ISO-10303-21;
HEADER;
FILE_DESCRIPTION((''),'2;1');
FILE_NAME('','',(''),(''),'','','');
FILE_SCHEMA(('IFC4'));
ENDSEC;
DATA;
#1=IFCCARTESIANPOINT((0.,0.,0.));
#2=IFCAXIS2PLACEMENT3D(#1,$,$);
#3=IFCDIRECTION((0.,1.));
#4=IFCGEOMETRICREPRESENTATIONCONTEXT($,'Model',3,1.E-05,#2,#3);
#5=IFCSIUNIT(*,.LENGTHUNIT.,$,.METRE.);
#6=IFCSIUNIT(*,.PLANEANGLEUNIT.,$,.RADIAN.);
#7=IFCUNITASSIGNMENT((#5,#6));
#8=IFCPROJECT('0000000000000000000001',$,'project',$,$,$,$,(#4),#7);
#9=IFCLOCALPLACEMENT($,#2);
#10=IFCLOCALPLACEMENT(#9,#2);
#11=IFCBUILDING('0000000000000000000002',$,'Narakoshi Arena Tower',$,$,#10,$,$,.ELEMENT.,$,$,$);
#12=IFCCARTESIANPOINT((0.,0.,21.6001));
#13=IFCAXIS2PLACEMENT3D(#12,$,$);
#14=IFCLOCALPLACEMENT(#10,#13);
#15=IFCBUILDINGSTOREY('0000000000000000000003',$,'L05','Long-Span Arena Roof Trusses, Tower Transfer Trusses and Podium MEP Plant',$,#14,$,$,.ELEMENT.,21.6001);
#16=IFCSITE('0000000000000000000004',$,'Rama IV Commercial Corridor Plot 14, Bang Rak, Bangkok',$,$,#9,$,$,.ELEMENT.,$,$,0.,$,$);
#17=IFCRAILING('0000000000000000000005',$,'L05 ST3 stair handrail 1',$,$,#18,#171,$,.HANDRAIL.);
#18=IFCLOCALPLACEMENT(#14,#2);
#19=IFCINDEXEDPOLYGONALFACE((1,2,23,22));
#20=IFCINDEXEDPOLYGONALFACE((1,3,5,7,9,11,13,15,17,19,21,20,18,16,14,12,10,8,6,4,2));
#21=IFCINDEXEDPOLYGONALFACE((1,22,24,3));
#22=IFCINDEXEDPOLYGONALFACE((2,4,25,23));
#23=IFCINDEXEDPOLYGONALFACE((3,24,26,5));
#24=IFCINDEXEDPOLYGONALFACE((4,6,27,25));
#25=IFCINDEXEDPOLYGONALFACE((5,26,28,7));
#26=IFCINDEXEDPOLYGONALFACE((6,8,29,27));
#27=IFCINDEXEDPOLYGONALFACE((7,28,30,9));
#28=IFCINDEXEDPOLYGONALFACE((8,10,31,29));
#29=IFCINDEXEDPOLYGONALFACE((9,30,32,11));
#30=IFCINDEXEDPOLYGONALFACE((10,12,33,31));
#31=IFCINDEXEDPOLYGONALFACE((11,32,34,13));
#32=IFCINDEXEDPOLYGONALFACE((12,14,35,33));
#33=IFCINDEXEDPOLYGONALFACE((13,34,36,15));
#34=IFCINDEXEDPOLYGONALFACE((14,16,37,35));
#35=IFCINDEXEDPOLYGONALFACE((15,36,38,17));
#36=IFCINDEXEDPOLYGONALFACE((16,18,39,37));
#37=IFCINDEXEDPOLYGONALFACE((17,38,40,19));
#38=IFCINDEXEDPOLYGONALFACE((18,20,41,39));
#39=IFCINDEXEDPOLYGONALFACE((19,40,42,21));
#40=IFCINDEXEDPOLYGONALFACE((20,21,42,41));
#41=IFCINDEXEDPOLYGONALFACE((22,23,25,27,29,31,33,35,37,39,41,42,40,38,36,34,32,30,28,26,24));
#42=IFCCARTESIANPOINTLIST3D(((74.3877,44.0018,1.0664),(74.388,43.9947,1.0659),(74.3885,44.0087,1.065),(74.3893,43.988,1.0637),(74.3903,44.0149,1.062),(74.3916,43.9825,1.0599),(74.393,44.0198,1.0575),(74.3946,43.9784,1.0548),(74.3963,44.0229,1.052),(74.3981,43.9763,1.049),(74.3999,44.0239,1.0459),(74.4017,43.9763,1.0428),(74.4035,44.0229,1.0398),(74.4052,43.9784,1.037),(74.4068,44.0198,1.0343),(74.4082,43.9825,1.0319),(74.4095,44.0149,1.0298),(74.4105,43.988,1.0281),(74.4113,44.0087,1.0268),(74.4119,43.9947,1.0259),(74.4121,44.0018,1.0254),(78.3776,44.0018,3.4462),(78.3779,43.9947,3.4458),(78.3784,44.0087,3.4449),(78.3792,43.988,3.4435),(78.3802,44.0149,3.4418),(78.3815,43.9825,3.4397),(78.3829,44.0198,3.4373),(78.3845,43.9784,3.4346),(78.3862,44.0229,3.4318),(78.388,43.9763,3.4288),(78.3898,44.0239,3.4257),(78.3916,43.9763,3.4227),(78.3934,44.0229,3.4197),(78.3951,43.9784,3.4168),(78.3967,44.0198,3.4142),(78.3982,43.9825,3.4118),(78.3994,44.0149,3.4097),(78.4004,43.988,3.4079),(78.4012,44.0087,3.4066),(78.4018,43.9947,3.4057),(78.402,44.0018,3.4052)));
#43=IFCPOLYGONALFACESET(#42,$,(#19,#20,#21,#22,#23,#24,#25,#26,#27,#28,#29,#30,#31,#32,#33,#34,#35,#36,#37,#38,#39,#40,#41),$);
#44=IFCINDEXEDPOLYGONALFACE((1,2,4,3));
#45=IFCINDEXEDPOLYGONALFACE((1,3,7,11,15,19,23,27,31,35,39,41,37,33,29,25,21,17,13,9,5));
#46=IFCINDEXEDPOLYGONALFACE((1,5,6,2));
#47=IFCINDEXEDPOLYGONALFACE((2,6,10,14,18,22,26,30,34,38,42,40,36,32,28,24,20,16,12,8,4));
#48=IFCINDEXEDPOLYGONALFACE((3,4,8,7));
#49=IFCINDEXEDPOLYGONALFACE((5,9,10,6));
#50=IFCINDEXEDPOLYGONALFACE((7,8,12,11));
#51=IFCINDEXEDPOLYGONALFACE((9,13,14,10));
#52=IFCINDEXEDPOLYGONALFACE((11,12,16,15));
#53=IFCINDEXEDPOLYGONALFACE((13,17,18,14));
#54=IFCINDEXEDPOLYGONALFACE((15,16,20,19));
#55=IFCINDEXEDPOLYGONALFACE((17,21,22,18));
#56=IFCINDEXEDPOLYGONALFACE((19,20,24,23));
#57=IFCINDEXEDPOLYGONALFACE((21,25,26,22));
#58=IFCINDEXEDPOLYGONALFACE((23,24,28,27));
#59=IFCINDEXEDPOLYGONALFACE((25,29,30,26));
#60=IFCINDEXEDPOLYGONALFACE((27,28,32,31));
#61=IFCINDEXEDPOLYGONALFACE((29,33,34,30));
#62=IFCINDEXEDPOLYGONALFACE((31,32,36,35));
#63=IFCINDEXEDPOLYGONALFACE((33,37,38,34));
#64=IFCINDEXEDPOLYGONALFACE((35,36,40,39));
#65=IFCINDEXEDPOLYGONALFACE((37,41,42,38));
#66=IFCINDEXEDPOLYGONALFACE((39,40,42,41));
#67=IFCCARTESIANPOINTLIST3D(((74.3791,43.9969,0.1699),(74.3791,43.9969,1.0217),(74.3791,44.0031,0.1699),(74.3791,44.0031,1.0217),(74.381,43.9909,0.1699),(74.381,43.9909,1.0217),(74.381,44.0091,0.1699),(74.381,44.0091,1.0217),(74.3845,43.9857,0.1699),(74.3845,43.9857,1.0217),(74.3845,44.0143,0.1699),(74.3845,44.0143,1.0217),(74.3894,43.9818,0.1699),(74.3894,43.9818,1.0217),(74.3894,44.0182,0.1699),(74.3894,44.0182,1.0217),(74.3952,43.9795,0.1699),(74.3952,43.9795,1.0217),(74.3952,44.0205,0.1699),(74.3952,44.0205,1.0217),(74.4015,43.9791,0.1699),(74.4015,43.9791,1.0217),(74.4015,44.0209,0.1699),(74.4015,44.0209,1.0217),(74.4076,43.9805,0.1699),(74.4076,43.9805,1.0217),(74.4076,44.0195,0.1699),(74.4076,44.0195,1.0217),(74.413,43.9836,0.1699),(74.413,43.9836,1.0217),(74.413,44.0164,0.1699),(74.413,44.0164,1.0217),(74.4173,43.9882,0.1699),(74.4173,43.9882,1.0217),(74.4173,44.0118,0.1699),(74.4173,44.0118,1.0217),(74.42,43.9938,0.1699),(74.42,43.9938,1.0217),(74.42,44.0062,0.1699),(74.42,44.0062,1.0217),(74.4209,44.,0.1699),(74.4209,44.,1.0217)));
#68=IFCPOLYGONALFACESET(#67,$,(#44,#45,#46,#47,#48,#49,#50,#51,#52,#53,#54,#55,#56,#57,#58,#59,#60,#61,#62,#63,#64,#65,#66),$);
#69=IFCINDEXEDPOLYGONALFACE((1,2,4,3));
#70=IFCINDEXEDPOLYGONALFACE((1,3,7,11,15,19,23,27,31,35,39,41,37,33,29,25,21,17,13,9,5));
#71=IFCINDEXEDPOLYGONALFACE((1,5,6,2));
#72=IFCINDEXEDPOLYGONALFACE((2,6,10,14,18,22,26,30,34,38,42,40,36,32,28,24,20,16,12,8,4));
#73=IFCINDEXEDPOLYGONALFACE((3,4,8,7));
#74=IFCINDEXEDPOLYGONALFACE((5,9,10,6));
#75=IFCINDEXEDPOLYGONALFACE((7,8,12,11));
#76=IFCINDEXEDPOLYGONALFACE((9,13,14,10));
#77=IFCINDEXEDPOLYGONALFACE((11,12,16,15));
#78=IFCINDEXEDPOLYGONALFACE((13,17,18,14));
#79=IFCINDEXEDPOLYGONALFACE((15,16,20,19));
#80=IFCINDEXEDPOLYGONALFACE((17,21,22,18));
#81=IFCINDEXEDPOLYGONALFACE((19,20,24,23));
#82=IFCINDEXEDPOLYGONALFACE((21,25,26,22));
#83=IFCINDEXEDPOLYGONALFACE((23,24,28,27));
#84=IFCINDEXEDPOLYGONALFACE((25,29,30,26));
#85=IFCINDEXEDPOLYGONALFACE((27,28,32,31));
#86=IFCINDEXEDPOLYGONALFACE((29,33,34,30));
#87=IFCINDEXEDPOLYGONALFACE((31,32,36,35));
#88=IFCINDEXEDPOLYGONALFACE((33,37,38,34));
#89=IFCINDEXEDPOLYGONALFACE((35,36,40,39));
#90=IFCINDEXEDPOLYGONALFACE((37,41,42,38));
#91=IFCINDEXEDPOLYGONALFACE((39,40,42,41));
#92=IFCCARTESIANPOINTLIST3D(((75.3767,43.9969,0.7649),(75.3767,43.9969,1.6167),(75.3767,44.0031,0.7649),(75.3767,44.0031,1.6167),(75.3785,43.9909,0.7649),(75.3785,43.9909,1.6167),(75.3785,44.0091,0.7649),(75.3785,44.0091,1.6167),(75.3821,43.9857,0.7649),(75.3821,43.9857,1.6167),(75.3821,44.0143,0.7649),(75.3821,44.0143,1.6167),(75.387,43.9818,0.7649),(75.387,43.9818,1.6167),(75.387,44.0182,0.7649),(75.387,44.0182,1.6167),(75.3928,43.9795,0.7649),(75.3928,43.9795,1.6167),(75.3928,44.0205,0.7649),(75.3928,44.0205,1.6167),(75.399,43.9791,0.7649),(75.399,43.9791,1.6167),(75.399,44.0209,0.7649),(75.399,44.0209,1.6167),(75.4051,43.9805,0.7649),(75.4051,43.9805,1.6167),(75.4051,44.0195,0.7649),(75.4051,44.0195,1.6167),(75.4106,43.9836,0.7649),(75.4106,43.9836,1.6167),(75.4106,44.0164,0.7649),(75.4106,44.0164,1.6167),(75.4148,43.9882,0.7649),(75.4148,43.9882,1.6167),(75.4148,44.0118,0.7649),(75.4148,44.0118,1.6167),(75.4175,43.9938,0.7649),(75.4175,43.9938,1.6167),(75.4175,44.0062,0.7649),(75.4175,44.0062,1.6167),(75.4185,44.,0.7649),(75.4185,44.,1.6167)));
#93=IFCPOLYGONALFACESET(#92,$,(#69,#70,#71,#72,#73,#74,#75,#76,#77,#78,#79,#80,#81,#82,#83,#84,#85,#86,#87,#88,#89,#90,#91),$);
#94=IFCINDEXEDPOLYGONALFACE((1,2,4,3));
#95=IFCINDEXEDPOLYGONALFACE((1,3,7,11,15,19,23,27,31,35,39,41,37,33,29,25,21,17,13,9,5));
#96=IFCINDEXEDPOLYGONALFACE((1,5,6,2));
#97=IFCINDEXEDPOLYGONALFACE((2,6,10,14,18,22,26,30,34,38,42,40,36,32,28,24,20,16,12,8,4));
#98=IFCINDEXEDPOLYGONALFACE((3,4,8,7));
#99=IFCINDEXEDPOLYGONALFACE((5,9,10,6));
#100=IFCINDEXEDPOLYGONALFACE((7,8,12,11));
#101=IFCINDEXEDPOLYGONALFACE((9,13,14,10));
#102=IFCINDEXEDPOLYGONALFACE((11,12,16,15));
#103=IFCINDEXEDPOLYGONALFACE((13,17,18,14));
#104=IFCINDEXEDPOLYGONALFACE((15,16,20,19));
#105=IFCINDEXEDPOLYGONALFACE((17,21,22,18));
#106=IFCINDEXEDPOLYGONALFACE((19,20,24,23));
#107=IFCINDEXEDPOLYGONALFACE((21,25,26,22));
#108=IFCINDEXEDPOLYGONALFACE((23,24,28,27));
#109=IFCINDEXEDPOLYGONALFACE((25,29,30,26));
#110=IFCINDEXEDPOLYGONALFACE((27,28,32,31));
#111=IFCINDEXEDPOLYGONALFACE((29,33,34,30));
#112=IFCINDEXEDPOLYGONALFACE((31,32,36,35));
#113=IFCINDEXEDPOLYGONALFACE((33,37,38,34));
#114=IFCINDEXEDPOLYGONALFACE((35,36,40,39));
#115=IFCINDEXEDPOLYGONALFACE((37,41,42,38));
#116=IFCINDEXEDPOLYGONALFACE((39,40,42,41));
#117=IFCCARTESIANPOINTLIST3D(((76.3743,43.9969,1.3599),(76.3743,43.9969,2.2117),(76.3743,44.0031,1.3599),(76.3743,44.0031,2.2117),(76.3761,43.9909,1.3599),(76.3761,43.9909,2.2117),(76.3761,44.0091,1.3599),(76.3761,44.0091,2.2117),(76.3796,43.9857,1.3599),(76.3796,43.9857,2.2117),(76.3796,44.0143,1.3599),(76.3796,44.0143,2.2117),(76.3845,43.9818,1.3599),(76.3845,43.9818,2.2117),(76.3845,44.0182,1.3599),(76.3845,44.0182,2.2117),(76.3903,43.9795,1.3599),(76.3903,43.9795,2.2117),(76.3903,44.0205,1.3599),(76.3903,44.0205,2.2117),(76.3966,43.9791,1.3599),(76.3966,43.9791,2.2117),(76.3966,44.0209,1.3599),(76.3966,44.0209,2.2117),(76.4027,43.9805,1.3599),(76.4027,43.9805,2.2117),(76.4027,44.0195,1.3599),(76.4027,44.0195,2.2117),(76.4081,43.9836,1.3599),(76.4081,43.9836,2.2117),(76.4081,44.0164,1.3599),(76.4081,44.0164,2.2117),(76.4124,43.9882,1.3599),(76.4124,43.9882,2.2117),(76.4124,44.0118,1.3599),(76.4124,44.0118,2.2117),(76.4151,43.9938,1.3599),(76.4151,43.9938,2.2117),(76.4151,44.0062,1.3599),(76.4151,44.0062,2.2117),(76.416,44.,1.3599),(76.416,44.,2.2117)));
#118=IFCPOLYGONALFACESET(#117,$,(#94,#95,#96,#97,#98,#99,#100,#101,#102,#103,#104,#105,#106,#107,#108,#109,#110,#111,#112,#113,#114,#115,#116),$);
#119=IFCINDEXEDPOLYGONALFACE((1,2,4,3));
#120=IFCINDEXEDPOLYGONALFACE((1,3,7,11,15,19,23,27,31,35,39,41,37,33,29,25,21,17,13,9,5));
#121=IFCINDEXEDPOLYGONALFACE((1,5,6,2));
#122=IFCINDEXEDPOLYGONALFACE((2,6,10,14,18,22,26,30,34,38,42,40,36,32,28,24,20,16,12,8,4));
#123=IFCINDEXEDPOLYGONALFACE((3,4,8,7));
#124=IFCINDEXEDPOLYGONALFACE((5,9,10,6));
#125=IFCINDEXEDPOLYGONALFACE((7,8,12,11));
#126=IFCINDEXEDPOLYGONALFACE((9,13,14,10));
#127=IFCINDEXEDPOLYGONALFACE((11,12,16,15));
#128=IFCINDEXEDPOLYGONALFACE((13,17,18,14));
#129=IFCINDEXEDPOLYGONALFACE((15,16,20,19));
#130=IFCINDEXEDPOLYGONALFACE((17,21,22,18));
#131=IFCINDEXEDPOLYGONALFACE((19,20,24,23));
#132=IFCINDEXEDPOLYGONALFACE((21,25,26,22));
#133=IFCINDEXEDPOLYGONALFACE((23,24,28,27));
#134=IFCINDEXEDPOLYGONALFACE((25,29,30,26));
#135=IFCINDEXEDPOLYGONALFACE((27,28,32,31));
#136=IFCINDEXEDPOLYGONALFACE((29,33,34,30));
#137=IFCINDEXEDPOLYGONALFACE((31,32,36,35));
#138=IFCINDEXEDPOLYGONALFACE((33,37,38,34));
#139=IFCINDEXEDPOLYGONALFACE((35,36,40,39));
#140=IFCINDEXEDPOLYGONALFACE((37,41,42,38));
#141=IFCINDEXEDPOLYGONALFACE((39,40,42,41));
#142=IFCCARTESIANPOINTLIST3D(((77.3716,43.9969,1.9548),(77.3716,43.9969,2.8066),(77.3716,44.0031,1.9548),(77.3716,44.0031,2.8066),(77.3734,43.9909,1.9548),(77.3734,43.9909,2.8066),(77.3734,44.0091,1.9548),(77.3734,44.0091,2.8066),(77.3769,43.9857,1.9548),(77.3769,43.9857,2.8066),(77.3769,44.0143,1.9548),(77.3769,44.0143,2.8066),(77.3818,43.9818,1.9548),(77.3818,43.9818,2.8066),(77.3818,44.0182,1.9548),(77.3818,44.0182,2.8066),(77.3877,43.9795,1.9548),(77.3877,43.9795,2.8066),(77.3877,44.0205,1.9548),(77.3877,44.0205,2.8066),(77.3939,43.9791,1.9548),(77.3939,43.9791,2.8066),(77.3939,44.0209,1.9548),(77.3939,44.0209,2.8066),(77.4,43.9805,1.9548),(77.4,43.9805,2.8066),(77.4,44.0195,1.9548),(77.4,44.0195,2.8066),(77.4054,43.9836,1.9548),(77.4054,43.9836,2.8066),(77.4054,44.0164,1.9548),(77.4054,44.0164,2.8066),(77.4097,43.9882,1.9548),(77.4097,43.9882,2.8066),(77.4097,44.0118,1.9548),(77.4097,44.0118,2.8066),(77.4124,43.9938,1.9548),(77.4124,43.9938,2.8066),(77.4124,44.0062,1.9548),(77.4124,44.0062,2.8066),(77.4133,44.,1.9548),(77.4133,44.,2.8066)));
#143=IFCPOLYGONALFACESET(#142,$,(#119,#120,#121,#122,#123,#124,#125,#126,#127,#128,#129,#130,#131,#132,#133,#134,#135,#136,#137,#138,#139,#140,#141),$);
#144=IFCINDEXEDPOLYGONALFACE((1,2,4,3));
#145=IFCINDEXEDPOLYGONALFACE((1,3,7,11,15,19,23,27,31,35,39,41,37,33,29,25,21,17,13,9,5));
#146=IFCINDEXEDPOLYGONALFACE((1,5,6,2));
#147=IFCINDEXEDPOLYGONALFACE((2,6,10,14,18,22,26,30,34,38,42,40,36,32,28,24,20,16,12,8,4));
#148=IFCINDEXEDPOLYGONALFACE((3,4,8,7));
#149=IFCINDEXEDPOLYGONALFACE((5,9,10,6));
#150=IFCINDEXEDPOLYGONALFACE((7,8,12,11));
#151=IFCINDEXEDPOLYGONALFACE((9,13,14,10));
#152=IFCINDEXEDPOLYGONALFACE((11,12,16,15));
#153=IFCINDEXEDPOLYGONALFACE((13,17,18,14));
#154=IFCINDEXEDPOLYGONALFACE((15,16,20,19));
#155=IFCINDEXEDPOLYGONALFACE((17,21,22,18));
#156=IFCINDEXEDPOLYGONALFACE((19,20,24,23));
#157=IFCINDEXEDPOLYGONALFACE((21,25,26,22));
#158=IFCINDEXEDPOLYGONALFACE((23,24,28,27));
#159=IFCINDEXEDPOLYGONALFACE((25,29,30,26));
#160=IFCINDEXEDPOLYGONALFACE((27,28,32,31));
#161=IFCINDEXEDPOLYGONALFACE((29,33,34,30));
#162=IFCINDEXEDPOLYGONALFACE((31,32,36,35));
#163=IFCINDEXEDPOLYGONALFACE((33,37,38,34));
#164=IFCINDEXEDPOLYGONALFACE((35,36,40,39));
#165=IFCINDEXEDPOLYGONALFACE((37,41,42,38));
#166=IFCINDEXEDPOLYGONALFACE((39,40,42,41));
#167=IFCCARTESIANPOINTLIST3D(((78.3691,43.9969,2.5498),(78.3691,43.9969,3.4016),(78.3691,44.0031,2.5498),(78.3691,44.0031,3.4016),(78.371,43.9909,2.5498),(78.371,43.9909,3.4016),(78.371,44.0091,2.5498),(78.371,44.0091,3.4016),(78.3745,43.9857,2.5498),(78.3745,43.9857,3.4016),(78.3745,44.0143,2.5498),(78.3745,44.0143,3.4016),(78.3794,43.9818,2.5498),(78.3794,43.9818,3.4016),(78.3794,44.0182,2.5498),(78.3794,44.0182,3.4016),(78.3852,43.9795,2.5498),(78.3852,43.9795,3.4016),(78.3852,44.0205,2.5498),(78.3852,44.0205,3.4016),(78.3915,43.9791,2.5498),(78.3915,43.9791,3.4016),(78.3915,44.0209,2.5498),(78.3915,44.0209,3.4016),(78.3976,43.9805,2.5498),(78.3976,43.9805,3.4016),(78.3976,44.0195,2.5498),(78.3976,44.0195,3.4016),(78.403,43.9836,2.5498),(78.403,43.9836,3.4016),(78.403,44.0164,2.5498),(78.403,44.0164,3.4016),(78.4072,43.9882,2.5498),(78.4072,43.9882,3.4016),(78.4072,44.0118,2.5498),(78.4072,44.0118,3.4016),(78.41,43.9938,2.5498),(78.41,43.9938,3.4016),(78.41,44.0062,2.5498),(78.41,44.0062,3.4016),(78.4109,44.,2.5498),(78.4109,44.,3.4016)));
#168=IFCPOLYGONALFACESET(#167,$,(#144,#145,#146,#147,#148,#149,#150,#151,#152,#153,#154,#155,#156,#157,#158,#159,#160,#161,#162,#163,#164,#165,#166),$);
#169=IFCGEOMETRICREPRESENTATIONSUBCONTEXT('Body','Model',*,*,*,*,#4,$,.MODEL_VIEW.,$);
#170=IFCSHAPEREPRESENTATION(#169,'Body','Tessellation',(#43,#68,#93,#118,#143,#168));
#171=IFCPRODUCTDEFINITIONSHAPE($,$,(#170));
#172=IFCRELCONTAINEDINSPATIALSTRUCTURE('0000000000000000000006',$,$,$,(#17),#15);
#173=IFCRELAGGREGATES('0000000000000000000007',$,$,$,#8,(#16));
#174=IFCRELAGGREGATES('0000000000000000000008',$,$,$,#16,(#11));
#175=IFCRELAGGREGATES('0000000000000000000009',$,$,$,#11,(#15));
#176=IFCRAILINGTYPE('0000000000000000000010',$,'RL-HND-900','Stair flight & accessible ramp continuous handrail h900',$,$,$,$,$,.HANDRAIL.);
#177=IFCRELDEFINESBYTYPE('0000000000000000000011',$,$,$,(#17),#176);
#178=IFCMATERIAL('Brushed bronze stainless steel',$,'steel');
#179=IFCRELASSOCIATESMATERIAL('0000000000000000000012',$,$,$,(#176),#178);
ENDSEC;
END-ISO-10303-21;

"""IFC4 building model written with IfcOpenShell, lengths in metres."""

from ifc_helpers import new_model, si_unit, direction, frame, origin, origin_2d, place, context, subcontext, project, spatial, circle, extrude, material, type_object, element, save


model = new_model("IFC4")

# Units and contexts
model_context = context("Model", 3, precision=1e-05, world=origin(), true_north=direction((0.0, 1.0)))
body_context = subcontext(model_context, "Body", "Model", "MODEL_VIEW")
ifc_project = project(units=[si_unit("LENGTHUNIT", "METRE"), si_unit("PLANEANGLEUNIT", "RADIAN")], contexts=[model_context])

# Site, building, storey
site_placement = place(None, origin())
site = spatial("IfcSite", under=ifc_project, at=site_placement, Name="Rama IV Commercial Corridor Plot 14, Bang Rak, Bangkok", CompositionType="ELEMENT", RefElevation=0.0)
building_placement = place(site_placement, origin())
building = spatial("IfcBuilding", under=site, at=building_placement, Name="Narakoshi Arena Tower", CompositionType="ELEMENT")
storey_placement = place(building_placement, frame((0.0, 0.0, 21.6001)))
storey = spatial("IfcBuildingStorey", under=building, at=storey_placement, Name="L05", Description="Long-Span Arena Roof Trusses, Tower Transfer Trusses and Podium MEP Plant", CompositionType="ELEMENT", Elevation=21.6001)

# Railing
ifc_material_1 = material(Name="Brushed bronze stainless steel", Category="steel")
railing_type_1 = type_object("IfcRailingType", Name="RL-HND-900", Description="Stair flight & accessible ramp continuous handrail h900", PredefinedType="HANDRAIL", material=ifc_material_1)
for number, where, name in (
    (1, (74.3999, 44.0, 0.1699), "L05 ST3 stair handrail 1"),
):
    element("IfcRailing", number, at=place(storey_placement, frame(where)), inside=storey, type_object=railing_type_1, Name=name, PredefinedType="HANDRAIL", context=body_context, shape_type="SweptSolid", body=[
        extrude(circle(Radius=0.0239, at=origin_2d()), frame((0.0, 0.0, 0.876), z_axis=(0.85883, 0.0, 0.512261), x_axis=(0.0, 1.0, 0.0)), (0.0, 0.0, 1.0), 4.6458),
        extrude(circle(Radius=0.021, at=origin_2d()), origin(), (0.0, 0.0, 1.0), 0.8518),
        extrude(circle(Radius=0.021, at=origin_2d()), frame((0.9976, 0.0, 0.595)), (0.0, 0.0, 1.0), 0.8518),
        extrude(circle(Radius=0.021, at=origin_2d()), frame((1.9951, 0.0, 1.1899)), (0.0, 0.0, 1.0), 0.8518),
        extrude(circle(Radius=0.021, at=origin_2d()), frame((2.9924, 0.0, 1.7849)), (0.0, 0.0, 1.0), 0.8518),
        extrude(circle(Radius=0.021, at=origin_2d()), frame((3.99, 0.0, 2.3799)), (0.0, 0.0, 1.0), 0.8518),
    ])

save(model, "model.ifc")
